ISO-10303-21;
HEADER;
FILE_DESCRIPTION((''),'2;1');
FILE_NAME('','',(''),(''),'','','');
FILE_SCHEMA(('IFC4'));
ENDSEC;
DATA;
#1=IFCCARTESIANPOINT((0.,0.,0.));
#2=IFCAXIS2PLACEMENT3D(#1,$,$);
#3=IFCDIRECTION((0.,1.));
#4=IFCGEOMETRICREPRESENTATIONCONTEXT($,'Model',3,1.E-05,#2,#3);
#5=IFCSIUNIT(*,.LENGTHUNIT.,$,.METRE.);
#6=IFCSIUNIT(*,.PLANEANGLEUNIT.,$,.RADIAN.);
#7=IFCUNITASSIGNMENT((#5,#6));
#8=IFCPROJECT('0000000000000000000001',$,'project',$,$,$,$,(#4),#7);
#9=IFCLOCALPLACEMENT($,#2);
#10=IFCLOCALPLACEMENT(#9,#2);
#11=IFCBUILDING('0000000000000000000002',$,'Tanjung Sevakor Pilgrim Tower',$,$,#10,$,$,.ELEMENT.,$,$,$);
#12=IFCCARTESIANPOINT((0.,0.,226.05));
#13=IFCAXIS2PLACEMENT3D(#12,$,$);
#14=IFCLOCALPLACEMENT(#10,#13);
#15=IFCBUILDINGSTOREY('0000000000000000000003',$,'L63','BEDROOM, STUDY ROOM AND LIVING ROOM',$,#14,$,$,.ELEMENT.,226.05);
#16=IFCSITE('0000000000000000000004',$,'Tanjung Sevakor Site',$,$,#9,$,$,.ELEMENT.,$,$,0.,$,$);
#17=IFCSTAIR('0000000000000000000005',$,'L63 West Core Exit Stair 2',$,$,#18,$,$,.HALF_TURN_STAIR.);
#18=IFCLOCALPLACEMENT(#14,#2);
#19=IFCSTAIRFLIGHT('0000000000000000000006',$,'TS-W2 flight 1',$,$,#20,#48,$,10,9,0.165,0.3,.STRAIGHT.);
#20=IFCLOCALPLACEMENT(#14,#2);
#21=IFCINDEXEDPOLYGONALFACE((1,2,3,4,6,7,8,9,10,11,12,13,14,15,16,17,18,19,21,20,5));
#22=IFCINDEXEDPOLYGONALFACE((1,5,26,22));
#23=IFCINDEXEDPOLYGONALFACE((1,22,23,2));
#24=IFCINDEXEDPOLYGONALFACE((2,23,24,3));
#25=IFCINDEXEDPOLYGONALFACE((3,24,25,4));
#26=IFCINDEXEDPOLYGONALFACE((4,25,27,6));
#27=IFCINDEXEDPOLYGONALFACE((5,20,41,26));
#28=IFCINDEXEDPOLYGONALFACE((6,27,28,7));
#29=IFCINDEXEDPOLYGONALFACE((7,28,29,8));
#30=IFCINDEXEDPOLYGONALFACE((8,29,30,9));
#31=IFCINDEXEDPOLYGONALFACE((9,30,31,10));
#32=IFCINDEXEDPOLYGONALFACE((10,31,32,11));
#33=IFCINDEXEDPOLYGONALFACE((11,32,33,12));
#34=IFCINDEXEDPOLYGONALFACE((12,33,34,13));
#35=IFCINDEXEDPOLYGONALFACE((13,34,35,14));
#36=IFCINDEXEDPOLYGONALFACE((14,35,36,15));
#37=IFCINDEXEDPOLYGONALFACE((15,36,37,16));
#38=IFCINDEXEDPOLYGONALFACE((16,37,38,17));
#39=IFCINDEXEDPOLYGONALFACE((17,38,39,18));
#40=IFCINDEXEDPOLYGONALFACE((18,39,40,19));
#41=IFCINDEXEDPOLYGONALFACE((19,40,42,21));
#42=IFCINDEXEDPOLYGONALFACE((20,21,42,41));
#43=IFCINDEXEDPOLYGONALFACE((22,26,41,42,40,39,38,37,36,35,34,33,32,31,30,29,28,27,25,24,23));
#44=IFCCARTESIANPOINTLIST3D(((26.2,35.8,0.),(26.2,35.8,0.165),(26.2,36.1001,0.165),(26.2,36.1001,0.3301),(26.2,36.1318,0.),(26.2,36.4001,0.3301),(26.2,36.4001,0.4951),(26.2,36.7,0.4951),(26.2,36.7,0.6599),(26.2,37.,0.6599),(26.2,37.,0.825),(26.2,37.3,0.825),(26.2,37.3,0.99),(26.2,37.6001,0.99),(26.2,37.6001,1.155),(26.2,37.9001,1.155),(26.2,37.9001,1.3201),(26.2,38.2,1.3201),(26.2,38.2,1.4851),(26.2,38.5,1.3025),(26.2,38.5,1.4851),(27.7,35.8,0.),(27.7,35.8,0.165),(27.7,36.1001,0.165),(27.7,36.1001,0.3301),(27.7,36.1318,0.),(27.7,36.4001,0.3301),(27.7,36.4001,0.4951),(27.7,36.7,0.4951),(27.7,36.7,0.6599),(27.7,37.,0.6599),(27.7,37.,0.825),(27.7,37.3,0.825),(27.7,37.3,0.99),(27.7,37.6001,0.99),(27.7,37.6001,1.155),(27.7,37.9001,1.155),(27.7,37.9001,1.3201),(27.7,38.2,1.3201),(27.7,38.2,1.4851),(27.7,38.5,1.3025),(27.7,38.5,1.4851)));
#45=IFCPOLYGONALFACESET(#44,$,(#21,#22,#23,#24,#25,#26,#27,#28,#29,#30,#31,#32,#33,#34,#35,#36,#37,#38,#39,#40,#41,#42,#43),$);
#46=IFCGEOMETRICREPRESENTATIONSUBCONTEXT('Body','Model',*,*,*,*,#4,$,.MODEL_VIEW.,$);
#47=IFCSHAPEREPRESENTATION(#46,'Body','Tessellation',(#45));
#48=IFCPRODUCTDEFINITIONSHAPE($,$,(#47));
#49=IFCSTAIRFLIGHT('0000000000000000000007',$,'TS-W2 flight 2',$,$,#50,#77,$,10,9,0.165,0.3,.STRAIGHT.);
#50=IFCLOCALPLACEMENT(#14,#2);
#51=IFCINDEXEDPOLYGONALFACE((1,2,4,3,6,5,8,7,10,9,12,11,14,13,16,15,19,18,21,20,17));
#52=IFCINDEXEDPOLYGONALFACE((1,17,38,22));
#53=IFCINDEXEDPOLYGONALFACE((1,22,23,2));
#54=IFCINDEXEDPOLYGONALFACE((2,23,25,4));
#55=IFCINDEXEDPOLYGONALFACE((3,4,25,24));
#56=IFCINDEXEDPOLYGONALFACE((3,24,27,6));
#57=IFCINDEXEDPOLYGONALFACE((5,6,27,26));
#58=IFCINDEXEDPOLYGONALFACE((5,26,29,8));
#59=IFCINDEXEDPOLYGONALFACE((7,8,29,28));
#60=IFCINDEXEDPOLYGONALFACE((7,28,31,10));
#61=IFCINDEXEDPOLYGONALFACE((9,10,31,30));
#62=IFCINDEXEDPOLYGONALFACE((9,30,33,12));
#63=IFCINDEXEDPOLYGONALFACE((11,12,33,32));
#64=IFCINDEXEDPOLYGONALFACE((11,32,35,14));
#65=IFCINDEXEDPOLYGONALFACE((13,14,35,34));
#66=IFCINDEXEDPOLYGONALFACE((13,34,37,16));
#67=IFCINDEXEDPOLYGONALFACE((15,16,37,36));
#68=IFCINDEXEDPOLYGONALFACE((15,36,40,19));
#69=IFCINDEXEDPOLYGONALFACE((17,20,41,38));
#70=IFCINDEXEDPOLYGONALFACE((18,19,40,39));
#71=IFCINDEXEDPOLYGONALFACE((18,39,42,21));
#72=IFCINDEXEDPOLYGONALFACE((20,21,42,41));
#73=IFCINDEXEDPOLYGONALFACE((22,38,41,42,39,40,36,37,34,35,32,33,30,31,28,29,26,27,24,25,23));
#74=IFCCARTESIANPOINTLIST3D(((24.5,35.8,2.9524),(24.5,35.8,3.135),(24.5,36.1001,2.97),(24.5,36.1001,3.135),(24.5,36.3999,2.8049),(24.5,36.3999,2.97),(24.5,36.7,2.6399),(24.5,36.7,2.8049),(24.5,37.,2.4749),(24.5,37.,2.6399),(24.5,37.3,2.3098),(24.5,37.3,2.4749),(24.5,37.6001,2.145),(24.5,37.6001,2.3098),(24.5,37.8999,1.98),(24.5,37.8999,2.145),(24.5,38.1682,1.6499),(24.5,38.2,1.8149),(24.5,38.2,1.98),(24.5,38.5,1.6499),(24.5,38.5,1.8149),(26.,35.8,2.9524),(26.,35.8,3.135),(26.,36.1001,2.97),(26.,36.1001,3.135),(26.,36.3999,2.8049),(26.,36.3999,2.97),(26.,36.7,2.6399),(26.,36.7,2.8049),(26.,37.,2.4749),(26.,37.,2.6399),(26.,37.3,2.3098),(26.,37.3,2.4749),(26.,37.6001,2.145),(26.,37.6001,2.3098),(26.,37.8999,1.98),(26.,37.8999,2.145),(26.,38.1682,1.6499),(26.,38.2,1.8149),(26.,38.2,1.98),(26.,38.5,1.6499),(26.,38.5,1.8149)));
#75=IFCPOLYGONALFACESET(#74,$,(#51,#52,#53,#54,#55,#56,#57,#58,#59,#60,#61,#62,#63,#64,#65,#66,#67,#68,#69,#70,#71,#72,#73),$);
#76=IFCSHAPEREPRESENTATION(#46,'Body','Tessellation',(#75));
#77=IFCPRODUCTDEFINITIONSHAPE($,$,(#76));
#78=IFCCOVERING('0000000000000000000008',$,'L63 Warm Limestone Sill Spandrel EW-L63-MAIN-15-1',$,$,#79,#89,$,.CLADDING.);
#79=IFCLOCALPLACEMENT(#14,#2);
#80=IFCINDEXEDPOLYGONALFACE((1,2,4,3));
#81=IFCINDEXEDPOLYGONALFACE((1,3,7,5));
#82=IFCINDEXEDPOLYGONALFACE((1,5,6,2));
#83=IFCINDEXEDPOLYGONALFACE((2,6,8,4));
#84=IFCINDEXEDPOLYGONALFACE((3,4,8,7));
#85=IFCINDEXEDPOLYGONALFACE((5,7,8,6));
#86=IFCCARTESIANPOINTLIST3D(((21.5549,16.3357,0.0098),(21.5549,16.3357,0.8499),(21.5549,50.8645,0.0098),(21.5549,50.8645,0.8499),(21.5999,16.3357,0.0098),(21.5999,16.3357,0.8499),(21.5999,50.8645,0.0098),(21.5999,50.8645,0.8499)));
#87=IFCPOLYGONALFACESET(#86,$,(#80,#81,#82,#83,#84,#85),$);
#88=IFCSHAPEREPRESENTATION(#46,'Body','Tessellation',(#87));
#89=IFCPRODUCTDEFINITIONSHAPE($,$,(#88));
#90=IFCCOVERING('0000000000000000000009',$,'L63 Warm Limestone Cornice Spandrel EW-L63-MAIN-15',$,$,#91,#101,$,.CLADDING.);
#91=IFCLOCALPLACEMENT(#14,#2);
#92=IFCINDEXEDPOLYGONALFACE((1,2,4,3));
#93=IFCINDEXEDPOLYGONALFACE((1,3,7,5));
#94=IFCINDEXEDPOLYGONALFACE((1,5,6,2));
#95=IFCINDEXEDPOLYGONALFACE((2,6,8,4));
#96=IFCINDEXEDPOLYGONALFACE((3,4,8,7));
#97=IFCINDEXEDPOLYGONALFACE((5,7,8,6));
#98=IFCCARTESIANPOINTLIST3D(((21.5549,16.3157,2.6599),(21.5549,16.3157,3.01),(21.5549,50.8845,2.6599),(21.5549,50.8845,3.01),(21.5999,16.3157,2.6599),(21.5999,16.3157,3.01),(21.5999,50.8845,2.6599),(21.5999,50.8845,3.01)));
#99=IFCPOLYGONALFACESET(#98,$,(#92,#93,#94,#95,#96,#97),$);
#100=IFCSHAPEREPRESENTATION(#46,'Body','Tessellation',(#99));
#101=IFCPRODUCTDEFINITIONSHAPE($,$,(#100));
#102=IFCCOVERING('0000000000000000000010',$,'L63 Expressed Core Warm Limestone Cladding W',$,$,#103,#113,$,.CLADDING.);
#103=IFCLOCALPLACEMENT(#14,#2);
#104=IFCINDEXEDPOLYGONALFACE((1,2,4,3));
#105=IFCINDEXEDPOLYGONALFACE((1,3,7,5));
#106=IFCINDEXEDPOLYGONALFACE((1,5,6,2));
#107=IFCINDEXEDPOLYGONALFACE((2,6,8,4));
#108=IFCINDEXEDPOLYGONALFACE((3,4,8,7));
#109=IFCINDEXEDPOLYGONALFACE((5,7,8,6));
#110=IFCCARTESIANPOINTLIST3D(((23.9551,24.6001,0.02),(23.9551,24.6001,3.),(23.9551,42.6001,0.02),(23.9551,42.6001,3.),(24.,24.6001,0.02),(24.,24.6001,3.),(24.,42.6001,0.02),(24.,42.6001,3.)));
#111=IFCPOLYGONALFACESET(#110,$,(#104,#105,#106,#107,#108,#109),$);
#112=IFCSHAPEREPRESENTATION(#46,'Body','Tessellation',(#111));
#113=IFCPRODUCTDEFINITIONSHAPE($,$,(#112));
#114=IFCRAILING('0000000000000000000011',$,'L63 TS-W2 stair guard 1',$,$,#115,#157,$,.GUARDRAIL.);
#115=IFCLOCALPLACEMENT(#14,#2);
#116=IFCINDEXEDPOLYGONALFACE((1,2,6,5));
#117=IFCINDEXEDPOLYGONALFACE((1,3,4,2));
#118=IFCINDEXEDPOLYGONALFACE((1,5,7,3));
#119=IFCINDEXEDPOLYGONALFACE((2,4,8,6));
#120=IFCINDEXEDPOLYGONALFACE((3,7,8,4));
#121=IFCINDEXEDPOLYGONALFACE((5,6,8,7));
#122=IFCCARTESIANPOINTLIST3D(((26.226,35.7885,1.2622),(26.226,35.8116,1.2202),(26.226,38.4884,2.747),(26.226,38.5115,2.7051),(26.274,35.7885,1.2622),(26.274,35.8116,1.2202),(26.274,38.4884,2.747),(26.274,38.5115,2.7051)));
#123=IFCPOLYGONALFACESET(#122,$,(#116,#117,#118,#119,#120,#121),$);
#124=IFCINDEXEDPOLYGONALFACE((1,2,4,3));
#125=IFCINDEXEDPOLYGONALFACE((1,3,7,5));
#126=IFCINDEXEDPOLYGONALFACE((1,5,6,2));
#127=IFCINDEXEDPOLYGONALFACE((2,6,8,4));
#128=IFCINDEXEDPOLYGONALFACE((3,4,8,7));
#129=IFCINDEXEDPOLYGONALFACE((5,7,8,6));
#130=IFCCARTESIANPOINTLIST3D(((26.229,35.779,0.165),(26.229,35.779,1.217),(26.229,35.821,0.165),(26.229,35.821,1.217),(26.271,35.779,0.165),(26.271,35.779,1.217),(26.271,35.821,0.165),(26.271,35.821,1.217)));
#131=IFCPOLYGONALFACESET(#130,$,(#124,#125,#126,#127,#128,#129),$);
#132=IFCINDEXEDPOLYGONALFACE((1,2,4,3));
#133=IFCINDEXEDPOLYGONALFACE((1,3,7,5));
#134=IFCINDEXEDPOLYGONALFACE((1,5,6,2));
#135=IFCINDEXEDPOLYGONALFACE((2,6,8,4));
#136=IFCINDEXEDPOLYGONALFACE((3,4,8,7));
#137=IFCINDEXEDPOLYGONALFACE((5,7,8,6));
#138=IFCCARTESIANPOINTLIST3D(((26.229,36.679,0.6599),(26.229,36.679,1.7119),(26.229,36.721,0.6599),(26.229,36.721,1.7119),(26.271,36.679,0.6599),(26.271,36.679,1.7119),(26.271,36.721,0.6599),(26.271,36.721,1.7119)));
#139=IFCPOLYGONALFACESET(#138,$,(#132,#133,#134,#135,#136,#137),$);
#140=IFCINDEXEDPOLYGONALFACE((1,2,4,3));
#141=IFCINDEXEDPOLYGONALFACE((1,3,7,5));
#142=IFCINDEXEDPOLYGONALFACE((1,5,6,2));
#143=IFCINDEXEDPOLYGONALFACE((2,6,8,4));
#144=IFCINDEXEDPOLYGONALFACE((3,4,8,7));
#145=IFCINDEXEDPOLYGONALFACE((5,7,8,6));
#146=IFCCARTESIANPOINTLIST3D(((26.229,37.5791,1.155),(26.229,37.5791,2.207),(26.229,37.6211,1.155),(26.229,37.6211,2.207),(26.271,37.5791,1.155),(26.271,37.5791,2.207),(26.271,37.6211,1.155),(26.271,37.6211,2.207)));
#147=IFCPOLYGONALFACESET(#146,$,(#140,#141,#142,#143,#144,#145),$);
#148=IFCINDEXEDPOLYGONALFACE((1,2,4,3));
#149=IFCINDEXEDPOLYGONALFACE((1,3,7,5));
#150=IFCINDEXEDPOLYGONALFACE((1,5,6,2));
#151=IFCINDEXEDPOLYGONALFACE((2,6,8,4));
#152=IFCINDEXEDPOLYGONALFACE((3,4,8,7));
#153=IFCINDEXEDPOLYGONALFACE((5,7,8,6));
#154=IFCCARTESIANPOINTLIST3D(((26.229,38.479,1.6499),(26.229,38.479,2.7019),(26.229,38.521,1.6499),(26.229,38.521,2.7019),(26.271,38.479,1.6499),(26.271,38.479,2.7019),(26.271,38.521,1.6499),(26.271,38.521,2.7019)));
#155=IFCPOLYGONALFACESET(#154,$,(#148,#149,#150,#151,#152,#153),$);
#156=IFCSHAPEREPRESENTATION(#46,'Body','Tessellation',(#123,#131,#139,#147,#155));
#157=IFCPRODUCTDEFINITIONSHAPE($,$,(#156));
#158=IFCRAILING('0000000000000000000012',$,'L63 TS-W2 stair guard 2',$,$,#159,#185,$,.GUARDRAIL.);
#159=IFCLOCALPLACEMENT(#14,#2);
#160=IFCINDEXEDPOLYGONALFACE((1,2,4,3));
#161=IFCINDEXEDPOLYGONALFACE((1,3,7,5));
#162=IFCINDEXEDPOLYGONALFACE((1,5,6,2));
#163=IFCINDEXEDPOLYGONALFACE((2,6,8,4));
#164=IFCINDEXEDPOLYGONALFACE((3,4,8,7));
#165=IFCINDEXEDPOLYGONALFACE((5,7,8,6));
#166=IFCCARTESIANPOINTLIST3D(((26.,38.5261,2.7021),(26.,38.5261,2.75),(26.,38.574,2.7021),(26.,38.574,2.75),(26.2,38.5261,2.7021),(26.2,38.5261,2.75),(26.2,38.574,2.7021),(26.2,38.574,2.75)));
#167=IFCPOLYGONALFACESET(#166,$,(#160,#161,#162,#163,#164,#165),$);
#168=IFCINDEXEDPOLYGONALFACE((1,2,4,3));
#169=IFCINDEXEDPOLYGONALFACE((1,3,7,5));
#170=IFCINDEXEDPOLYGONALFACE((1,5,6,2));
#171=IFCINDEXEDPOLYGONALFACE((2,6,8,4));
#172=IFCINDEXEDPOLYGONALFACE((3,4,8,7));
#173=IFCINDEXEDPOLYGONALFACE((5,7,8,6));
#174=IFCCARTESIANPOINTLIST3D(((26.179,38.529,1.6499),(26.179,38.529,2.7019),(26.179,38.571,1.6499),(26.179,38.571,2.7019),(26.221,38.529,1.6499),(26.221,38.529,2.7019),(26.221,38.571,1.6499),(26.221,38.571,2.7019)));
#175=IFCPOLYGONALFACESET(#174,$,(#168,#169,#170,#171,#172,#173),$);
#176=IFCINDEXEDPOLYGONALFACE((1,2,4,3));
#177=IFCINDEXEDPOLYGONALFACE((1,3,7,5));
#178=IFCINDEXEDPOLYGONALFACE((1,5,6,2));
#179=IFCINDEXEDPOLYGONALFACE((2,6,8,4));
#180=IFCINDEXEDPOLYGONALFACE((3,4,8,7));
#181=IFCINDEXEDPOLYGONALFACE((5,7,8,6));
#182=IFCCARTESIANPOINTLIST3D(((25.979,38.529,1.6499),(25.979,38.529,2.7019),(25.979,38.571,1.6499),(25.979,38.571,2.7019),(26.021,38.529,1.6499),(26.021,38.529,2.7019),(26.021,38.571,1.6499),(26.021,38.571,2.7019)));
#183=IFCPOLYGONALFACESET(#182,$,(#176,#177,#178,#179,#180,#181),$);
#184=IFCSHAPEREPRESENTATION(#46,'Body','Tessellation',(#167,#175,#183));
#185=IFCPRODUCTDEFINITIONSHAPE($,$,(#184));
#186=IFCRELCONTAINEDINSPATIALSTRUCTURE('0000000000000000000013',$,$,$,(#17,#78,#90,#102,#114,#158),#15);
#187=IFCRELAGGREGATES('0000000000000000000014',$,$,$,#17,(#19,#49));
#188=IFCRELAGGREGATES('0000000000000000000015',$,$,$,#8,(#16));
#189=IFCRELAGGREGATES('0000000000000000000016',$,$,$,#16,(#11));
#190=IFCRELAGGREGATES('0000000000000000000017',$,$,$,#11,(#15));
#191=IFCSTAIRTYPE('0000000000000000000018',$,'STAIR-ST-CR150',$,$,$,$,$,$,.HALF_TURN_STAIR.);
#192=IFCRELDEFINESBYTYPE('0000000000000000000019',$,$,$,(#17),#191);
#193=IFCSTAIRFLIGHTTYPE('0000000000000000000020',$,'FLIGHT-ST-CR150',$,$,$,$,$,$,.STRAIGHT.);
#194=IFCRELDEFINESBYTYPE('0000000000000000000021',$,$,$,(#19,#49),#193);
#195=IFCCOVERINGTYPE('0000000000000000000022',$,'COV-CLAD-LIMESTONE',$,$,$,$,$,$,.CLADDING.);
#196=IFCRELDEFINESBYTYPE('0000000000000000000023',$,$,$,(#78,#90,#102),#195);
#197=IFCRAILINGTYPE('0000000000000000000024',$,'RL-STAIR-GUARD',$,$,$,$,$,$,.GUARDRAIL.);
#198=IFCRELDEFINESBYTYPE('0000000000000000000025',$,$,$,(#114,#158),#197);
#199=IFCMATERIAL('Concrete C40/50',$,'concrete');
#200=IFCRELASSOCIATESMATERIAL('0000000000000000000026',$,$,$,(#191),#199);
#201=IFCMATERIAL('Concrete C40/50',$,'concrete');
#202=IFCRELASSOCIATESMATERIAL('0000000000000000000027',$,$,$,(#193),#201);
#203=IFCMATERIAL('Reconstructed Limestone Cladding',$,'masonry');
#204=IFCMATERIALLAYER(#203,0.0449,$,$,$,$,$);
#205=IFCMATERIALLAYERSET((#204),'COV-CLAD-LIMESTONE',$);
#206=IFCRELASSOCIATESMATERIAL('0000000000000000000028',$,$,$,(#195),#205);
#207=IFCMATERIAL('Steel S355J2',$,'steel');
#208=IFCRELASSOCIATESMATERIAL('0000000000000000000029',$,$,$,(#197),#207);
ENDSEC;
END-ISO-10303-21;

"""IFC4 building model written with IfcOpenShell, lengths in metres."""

from ifc_helpers import new_model, si_unit, direction, frame, origin, origin_2d, place, context, subcontext, project, spatial, polyline, rectangle, outline, extrude, material, layer, layer_set, type_object, element, aggregate, save


model = new_model("IFC4")

# Units and contexts
model_context = context("Model", 3, precision=1e-05, world=origin(), true_north=direction((0.0, 1.0)))
body_context = subcontext(model_context, "Body", "Model", "MODEL_VIEW")
ifc_project = project(units=[si_unit("LENGTHUNIT", "METRE"), si_unit("PLANEANGLEUNIT", "RADIAN")], contexts=[model_context])

# Site, building, storey
site_placement = place(None, origin())
site = spatial("IfcSite", under=ifc_project, at=site_placement, Name="Tanjung Sevakor Site", CompositionType="ELEMENT", RefElevation=0.0)
building_placement = place(site_placement, origin())
building = spatial("IfcBuilding", under=site, at=building_placement, Name="Tanjung Sevakor Pilgrim Tower", CompositionType="ELEMENT")
storey_placement = place(building_placement, frame((0.0, 0.0, 226.05)))
storey = spatial("IfcBuildingStorey", under=building, at=storey_placement, Name="L63", Description="BEDROOM, STUDY ROOM AND LIVING ROOM", CompositionType="ELEMENT", Elevation=226.05)

# Stair, stair flights
ifc_material_1 = material(Name="Concrete C40/50", Category="concrete")
stair_type = type_object("IfcStairType", Name="STAIR-ST-CR150", PredefinedType="HALF_TURN_STAIR", material=ifc_material_1)
stair_placement = place(storey_placement, origin())
stair = element("IfcStair", 1, at=stair_placement, inside=storey, type_object=stair_type, Name="L63 West Core Exit Stair 2", PredefinedType="HALF_TURN_STAIR")
ifc_material_2 = material(Name="Concrete C40/50", Category="concrete")
stair_flight_type = type_object("IfcStairFlightType", Name="FLIGHT-ST-CR150", PredefinedType="STRAIGHT", material=ifc_material_2)
stair_flight_1_placement = place(storey_placement, frame((26.95, 35.8, 0.0), z_axis=(0.0, 0.0, 1.0), x_axis=(0.0, 1.0, 0.0)))
stair_flight_1 = element("IfcStairFlight", 2, at=stair_flight_1_placement, type_object=stair_flight_type, Name="TS-W2 flight 1", NumberOfRisers=10, NumberOfTreads=9, PredefinedType="STRAIGHT", RiserHeight=0.165, TreadLength=0.3, context=body_context, shape_type="SweptSolid", body=[
    extrude(outline(polyline([(0.0, 0.0), (0.0, 0.165), (0.3, 0.165), (0.3, 0.3301), (0.6001, 0.3301), (0.6001, 0.4951), (0.8999, 0.4951), (0.8999, 0.6599), (1.2, 0.6599), (1.2, 0.825), (1.5, 0.825), (1.5, 0.99), (1.8, 0.99), (1.8, 1.155), (2.1001, 1.155), (2.1001, 1.3201), (2.3999, 1.3201), (2.3999, 1.4851), (2.7, 1.4851), (2.7, 1.6499), (2.7, 1.3025), (0.3318, 0.0), (0.0, 0.0)])), frame((0.0, 0.75, 0.0), z_axis=(0.0, -1.0, 0.0), x_axis=(1.0, 0.0, 0.0)), (0.0, 0.0, 1.0), 1.5),
])
stair_flight_2_placement = place(storey_placement, frame((25.25, 38.5, 1.6499), z_axis=(0.0, 0.0, 1.0), x_axis=(0.0, -1.0, 0.0)))
stair_flight_2 = element("IfcStairFlight", 3, at=stair_flight_2_placement, type_object=stair_flight_type, Name="TS-W2 flight 2", NumberOfRisers=10, NumberOfTreads=9, PredefinedType="STRAIGHT", RiserHeight=0.165, TreadLength=0.3, context=body_context, shape_type="SweptSolid", body=[
    extrude(outline(polyline([(0.0, 0.0), (0.0, 0.165), (0.3, 0.165), (0.3, 0.3301), (0.6001, 0.3301), (0.6001, 0.4951), (0.8999, 0.4951), (0.8999, 0.6599), (1.2, 0.6599), (1.2, 0.825), (1.5, 0.825), (1.5, 0.99), (1.8, 0.99), (1.8, 1.155), (2.1001, 1.155), (2.1001, 1.3201), (2.3999, 1.3201), (2.3999, 1.4851), (2.7, 1.4851), (2.7, 1.6499), (2.7, 1.3025), (0.3318, 0.0), (0.0, 0.0)])), frame((0.0, 0.75, 0.0), z_axis=(0.0, -1.0, 0.0), x_axis=(1.0, 0.0, 0.0)), (0.0, 0.0, 1.0), 1.5),
])
aggregate(stair, [stair_flight_1, stair_flight_2])

# Coverings
ifc_material_3 = material(Name="Reconstructed Limestone Cladding", Category="masonry")
ifc_layer_1 = layer(ifc_material_3, 0.0449)
ifc_layer_set_1 = layer_set([ifc_layer_1], Name="COV-CLAD-LIMESTONE")
covering_type = type_object("IfcCoveringType", Name="COV-CLAD-LIMESTONE", PredefinedType="CLADDING", material=ifc_layer_set_1)
covering_1_placement = place(storey_placement, frame((21.5774, 33.6001, 0.0098), z_axis=(0.0, 0.0, 1.0), x_axis=(0.0, -1.0, 0.0)))
element("IfcCovering", 4, at=covering_1_placement, inside=storey, type_object=covering_type, Name="L63 Warm Limestone Sill Spandrel EW-L63-MAIN-15-1", PredefinedType="CLADDING", context=body_context, shape_type="SweptSolid", body=[
    extrude(rectangle(XDim=34.5288, YDim=0.0449, at=origin_2d()), origin(), (0.0, 0.0, 1.0), 0.8401),
])
covering_2_placement = place(storey_placement, frame((21.5774, 33.6001, 2.6599), z_axis=(0.0, 0.0, 1.0), x_axis=(0.0, -1.0, 0.0)))
element("IfcCovering", 5, at=covering_2_placement, inside=storey, type_object=covering_type, Name="L63 Warm Limestone Cornice Spandrel EW-L63-MAIN-15", PredefinedType="CLADDING", context=body_context, shape_type="SweptSolid", body=[
    extrude(rectangle(XDim=34.5688, YDim=0.0449, at=origin_2d()), origin(), (0.0, 0.0, 1.0), 0.3501),
])
covering_3_placement = place(storey_placement, frame((23.9775, 33.6001, 0.02), z_axis=(0.0, 0.0, 1.0), x_axis=(1.0, 0.0, 0.0)))
element("IfcCovering", 6, at=covering_3_placement, inside=storey, type_object=covering_type, Name="L63 Expressed Core Warm Limestone Cladding W", PredefinedType="CLADDING", context=body_context, shape_type="SweptSolid", body=[
    extrude(rectangle(XDim=0.0449, YDim=18.0, at=origin_2d()), origin(), (0.0, 0.0, 1.0), 2.98),
])

# Railings
ifc_material_4 = material(Name="Steel S355J2", Category="steel")
railing_type_1 = type_object("IfcRailingType", Name="RL-STAIR-GUARD", PredefinedType="GUARDRAIL", material=ifc_material_4)
railing_1_placement = place(storey_placement, frame((26.25, 35.8, 0.165)))
element("IfcRailing", 7, at=railing_1_placement, inside=storey, type_object=railing_type_1, Name="L63 TS-W2 stair guard 1", PredefinedType="GUARDRAIL", context=body_context, shape_type="SweptSolid", body=[
    extrude(rectangle(XDim=0.0479, YDim=0.0479), frame((0.0, 0.0, 1.0762), z_axis=(0.0, 0.876231, 0.481891), x_axis=(-1.0, 0.0, 0.0)), (0.0, 0.0, 1.0), 3.0813),
    extrude(rectangle(XDim=0.042, YDim=0.042), origin(), (0.0, 0.0, 1.0), 1.052),
    extrude(rectangle(XDim=0.042, YDim=0.042), frame((0.0, 0.8999, 0.4949)), (0.0, 0.0, 1.0), 1.052),
    extrude(rectangle(XDim=0.042, YDim=0.042), frame((0.0, 1.8, 0.99)), (0.0, 0.0, 1.0), 1.052),
    extrude(rectangle(XDim=0.042, YDim=0.042), frame((0.0, 2.7, 1.4849)), (0.0, 0.0, 1.0), 1.052),
])
railing_2_placement = place(storey_placement, frame((26.2, 38.55, 1.6499)))
element("IfcRailing", 8, at=railing_2_placement, inside=storey, type_object=railing_type_1, Name="L63 TS-W2 stair guard 2", PredefinedType="GUARDRAIL", context=body_context, shape_type="SweptSolid", body=[
    extrude(rectangle(XDim=0.0479, YDim=0.0479), frame((0.0, 0.0, 1.0762), z_axis=(-1.0, 0.0, 0.0), x_axis=(0.0, -1.0, 0.0)), (0.0, 0.0, 1.0), 0.2),
    extrude(rectangle(XDim=0.042, YDim=0.042), origin(), (0.0, 0.0, 1.0), 1.052),
    extrude(rectangle(XDim=0.042, YDim=0.042), frame((-0.2, 0.0, 0.0)), (0.0, 0.0, 1.0), 1.052),
])

save(model, "model.ifc")
